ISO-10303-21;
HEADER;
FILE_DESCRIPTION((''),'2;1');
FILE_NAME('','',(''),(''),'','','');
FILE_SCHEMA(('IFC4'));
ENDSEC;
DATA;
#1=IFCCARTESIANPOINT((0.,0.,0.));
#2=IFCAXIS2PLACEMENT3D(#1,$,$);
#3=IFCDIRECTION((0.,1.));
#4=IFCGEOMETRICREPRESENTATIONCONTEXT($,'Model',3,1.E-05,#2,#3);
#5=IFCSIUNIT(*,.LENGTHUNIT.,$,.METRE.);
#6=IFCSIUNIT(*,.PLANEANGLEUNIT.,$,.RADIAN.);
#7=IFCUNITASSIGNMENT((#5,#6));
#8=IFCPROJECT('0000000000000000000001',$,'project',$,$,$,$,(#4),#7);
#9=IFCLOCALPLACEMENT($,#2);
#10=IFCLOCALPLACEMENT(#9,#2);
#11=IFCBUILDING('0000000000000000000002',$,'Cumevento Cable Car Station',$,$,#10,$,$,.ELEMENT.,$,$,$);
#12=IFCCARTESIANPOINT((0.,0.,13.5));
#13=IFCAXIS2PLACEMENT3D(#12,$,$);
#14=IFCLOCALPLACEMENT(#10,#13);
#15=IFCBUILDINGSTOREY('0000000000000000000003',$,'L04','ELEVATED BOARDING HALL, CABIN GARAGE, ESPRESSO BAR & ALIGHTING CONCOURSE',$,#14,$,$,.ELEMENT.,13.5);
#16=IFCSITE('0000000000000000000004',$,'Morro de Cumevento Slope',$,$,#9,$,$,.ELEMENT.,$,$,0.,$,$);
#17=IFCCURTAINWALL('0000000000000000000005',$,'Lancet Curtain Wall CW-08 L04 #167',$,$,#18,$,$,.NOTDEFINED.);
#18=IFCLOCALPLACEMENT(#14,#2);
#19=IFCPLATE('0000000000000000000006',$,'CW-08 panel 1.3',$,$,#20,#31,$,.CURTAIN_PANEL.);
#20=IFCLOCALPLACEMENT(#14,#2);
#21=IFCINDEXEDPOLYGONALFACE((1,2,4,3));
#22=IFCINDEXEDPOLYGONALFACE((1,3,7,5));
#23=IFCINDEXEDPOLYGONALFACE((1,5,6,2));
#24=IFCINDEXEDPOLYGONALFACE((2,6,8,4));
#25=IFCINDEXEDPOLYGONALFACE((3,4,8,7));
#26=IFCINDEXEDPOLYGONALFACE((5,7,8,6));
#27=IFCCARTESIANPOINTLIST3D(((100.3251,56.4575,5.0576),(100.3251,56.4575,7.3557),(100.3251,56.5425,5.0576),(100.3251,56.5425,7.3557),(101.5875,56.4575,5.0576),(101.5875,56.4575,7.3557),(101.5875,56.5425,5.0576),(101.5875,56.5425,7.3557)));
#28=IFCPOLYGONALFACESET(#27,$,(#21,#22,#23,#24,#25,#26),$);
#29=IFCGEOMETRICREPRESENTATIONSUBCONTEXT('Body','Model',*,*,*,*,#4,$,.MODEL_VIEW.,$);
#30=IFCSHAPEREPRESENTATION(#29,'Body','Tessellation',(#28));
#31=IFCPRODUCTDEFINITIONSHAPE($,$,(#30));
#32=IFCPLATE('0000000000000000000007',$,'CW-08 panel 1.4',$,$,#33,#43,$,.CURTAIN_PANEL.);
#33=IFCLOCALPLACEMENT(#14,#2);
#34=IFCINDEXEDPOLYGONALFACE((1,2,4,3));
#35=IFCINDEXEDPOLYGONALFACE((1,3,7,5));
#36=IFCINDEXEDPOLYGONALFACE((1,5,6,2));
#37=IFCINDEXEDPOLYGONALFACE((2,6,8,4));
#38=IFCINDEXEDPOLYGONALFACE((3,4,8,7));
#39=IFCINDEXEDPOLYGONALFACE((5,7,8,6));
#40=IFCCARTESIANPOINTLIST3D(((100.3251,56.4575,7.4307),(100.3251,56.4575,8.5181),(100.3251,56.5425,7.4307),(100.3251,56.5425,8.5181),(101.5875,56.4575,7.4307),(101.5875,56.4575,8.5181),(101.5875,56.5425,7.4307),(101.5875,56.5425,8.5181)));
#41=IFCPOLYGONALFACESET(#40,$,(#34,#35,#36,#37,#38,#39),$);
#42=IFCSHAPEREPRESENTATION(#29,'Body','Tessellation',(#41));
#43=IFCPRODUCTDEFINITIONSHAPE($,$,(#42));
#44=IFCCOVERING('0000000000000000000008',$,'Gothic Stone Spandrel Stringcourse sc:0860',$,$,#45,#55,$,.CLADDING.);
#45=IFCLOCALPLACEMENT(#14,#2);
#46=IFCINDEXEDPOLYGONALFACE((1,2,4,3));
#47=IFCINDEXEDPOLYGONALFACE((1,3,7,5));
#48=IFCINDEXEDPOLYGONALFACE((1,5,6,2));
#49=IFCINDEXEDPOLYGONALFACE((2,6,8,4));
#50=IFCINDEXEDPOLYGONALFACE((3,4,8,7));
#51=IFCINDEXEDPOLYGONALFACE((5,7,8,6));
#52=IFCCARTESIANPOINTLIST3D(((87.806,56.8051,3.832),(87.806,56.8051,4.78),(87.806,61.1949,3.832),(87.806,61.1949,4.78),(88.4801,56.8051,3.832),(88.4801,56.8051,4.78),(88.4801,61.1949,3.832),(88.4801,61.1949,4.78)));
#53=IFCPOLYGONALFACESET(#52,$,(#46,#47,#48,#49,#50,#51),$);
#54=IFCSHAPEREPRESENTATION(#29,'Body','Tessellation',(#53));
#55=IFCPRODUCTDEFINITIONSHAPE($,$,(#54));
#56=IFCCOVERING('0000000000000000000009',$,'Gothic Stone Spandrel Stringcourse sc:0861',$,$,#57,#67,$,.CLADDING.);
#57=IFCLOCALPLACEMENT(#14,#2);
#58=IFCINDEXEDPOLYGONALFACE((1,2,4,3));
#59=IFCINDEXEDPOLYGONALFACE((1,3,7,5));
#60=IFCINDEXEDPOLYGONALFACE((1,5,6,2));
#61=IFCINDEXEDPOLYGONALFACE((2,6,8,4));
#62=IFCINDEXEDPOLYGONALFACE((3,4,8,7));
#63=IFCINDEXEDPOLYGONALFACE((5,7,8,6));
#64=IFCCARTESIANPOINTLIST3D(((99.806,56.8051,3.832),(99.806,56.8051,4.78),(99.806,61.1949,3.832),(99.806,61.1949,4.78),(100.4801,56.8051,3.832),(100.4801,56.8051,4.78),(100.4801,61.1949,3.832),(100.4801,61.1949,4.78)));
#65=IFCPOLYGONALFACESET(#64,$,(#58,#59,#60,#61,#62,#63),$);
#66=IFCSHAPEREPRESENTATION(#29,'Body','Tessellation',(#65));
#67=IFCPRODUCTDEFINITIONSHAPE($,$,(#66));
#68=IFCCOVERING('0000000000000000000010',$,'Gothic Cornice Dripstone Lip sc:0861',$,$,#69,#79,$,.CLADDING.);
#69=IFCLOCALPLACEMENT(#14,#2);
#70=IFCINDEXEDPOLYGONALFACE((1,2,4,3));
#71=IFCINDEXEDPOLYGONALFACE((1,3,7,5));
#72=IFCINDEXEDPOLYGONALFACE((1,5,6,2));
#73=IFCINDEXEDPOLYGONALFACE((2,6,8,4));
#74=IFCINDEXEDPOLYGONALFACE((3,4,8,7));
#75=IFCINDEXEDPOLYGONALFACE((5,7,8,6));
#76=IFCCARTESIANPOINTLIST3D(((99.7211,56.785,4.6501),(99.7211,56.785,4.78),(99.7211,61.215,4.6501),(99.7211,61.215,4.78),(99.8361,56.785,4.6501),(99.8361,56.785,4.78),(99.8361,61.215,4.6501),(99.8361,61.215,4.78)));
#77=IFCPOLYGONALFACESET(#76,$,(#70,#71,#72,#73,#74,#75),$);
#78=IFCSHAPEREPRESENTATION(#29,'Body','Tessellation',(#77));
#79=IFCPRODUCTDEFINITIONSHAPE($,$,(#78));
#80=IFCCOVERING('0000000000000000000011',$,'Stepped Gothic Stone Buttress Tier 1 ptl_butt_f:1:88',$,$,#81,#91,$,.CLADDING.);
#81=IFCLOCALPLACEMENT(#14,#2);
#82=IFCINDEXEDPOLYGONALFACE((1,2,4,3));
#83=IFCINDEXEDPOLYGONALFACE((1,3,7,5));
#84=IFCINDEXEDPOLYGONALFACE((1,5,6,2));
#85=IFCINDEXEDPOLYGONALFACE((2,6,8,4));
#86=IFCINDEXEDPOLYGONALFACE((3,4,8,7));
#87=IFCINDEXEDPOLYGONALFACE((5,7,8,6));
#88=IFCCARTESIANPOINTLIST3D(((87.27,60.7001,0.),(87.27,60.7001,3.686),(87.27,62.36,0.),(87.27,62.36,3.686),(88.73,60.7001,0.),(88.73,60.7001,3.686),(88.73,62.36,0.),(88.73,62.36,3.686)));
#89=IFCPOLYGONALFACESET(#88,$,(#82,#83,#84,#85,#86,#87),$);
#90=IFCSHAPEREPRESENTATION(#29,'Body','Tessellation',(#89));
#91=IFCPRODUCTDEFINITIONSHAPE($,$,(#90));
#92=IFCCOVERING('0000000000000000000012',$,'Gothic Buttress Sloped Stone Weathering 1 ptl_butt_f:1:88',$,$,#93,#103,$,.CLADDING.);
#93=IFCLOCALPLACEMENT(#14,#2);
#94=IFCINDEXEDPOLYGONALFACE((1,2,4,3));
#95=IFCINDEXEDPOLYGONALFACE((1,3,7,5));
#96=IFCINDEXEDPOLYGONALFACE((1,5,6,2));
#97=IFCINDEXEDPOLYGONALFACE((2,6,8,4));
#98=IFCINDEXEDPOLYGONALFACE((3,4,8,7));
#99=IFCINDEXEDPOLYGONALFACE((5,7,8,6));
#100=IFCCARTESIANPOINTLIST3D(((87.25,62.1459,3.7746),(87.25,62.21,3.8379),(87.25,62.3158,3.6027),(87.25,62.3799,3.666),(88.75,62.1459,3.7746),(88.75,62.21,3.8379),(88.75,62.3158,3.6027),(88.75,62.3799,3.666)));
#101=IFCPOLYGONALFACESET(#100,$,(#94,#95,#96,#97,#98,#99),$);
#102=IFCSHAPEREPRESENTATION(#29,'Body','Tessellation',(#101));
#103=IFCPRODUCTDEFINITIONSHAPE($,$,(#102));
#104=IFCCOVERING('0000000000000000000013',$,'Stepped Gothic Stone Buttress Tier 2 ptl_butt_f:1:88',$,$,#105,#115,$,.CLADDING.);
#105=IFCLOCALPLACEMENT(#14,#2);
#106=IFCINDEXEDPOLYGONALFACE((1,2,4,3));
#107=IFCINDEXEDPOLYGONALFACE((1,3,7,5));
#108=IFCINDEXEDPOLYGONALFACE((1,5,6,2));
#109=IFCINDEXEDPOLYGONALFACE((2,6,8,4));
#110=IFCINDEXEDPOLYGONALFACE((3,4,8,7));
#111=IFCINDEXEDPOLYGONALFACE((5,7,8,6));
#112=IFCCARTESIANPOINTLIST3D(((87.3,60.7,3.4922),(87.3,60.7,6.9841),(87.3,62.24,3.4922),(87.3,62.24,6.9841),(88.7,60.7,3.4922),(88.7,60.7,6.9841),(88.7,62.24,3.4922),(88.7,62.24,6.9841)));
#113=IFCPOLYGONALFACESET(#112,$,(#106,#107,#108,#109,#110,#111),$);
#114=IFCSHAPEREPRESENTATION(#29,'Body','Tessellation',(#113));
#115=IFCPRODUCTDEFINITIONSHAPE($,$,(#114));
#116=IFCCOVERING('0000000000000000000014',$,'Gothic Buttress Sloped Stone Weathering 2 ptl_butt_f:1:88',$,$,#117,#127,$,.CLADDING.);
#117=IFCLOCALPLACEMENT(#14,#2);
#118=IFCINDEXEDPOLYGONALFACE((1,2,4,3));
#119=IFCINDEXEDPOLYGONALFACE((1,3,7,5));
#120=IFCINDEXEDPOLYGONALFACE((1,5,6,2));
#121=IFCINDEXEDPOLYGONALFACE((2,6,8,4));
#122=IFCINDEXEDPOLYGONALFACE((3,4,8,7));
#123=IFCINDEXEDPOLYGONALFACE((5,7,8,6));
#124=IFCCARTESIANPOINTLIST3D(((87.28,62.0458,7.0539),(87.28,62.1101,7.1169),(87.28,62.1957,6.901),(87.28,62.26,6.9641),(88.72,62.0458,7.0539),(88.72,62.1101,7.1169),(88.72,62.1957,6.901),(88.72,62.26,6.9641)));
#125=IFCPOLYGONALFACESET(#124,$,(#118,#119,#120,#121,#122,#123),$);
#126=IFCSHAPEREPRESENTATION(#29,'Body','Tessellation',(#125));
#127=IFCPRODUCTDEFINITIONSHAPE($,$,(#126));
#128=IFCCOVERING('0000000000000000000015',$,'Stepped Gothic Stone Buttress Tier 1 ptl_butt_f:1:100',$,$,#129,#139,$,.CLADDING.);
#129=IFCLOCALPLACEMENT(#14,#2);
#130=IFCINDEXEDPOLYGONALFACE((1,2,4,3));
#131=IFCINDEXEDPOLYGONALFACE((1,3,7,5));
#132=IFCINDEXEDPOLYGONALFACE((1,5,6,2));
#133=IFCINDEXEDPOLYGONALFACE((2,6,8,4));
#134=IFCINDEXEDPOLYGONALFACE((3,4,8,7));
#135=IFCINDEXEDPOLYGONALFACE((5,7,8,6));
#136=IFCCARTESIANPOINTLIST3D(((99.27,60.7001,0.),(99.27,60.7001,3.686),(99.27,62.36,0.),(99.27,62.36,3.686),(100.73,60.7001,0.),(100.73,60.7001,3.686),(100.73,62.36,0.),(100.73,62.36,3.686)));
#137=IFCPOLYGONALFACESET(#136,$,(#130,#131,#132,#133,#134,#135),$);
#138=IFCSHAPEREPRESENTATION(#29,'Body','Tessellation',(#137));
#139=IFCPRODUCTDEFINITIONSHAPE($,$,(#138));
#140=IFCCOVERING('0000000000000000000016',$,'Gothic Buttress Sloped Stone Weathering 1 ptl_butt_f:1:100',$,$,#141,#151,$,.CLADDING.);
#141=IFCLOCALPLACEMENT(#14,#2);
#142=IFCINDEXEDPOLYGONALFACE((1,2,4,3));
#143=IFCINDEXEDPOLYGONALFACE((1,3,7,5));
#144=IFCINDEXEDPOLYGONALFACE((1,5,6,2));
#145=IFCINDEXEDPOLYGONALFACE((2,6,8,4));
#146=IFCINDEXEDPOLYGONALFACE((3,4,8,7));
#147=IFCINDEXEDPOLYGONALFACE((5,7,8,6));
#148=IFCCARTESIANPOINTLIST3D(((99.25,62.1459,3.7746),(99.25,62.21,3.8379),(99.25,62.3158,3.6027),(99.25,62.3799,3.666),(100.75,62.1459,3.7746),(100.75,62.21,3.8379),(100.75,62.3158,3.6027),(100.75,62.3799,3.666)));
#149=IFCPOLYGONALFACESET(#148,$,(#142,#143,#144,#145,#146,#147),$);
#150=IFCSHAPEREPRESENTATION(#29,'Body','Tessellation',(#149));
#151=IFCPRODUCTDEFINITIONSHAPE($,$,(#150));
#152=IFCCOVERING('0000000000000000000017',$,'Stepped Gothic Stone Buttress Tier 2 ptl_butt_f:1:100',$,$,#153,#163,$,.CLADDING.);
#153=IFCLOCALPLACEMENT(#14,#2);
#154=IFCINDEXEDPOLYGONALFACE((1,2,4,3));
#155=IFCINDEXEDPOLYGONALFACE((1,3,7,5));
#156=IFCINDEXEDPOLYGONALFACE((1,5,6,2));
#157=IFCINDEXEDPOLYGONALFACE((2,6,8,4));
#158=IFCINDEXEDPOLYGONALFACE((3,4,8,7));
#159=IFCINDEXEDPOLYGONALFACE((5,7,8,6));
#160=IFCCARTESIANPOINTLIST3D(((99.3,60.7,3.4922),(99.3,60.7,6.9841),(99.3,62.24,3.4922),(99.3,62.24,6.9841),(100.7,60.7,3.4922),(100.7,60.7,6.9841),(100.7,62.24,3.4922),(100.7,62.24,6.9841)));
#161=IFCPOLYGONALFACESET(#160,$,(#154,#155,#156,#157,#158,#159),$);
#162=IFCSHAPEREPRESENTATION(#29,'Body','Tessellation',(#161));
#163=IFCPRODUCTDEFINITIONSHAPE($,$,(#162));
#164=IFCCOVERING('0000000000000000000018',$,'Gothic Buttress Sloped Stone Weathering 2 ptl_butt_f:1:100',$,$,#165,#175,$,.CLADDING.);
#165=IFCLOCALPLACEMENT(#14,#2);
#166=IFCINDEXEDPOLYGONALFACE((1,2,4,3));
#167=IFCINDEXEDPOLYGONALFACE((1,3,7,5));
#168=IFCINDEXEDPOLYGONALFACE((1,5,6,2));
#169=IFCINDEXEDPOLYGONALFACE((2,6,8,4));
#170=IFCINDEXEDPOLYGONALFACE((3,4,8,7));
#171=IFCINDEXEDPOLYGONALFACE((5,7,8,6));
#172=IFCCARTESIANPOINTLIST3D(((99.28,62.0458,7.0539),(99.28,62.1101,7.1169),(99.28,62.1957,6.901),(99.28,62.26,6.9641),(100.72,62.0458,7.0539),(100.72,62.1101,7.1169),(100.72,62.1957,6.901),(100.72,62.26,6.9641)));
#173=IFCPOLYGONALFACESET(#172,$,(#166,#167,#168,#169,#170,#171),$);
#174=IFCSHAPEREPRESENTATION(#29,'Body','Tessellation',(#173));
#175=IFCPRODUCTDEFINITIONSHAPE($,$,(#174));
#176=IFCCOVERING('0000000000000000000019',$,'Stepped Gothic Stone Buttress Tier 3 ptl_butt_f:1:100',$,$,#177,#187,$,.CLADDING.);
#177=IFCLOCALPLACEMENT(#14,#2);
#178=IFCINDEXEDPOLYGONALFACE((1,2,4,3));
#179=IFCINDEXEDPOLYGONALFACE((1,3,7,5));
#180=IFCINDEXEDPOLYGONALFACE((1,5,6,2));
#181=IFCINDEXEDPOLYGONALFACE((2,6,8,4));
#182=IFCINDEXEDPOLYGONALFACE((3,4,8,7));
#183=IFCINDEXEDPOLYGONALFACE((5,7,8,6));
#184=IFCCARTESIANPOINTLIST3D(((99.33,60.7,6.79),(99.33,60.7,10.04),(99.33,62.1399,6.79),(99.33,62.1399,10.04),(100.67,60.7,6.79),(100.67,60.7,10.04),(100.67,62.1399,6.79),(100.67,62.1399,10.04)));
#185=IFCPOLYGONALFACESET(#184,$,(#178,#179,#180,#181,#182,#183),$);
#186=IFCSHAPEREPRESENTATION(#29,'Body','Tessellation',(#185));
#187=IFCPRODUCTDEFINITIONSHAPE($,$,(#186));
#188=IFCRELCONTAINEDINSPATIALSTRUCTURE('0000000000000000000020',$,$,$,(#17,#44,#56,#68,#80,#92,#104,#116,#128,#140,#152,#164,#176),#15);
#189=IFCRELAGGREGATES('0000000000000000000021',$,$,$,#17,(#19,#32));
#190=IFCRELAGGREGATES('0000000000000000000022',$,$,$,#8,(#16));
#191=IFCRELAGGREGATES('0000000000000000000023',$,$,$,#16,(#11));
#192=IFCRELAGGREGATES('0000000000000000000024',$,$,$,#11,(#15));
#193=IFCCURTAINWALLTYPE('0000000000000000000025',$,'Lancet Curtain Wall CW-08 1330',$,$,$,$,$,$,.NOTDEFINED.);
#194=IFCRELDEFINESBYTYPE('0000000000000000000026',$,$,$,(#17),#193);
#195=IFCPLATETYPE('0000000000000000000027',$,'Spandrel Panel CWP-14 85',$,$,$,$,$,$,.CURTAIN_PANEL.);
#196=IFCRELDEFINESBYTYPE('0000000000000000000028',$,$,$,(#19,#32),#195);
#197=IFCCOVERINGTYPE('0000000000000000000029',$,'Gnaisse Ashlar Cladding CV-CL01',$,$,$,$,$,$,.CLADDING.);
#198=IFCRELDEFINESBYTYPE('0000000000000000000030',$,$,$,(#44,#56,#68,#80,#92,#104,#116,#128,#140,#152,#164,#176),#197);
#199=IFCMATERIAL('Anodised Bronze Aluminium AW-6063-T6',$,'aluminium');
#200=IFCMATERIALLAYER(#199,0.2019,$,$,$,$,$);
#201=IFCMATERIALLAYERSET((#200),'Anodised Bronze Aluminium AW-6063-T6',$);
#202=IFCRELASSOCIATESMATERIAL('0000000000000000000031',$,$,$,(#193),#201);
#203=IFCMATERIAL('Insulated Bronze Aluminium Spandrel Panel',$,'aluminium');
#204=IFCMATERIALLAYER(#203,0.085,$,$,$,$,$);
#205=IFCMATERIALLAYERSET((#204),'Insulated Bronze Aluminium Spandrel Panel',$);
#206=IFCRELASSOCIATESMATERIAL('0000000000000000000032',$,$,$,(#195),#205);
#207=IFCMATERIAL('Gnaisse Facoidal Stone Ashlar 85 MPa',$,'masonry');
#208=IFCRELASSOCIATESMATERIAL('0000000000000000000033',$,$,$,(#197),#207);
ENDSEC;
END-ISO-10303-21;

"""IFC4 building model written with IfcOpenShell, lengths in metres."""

from ifc_helpers import new_model, si_unit, direction, frame, origin, origin_2d, place, context, subcontext, project, spatial, polyline, rectangle, outline, extrude, material, layer, layer_set, type_object, element, aggregate, save


model = new_model("IFC4")

# Units and contexts
model_context = context("Model", 3, precision=1e-05, world=origin(), true_north=direction((0.0, 1.0)))
body_context = subcontext(model_context, "Body", "Model", "MODEL_VIEW")
ifc_project = project(units=[si_unit("LENGTHUNIT", "METRE"), si_unit("PLANEANGLEUNIT", "RADIAN")], contexts=[model_context])

# Site, building, storey
site_placement = place(None, origin())
site = spatial("IfcSite", under=ifc_project, at=site_placement, Name="Morro de Cumevento Slope", CompositionType="ELEMENT", RefElevation=0.0)
building_placement = place(site_placement, origin())
building = spatial("IfcBuilding", under=site, at=building_placement, Name="Cumevento Cable Car Station", CompositionType="ELEMENT")
storey_placement = place(building_placement, frame((0.0, 0.0, 13.5)))
storey = spatial("IfcBuildingStorey", under=building, at=storey_placement, Name="L04", Description="ELEVATED BOARDING HALL, CABIN GARAGE, ESPRESSO BAR & ALIGHTING CONCOURSE", CompositionType="ELEMENT", Elevation=13.5)

# Curtain wall
ifc_material_1 = material(Name="Anodised Bronze Aluminium AW-6063-T6", Category="aluminium")
ifc_layer_1 = layer(ifc_material_1, 0.2019)
ifc_layer_set_1 = layer_set([ifc_layer_1], Name="Anodised Bronze Aluminium AW-6063-T6")
curtain_wall_type = type_object("IfcCurtainWallType", Name="Lancet Curtain Wall CW-08 1330", PredefinedType="NOTDEFINED", material=ifc_layer_set_1)
curtain_wall_placement = place(storey_placement, origin())
curtain_wall = element("IfcCurtainWall", 1, at=curtain_wall_placement, inside=storey, type_object=curtain_wall_type, Name="Lancet Curtain Wall CW-08 L04 #167", PredefinedType="NOTDEFINED")

# Plates
ifc_material_2 = material(Name="Insulated Bronze Aluminium Spandrel Panel", Category="aluminium")
ifc_layer_2 = layer(ifc_material_2, 0.085)
ifc_layer_set_2 = layer_set([ifc_layer_2], Name="Insulated Bronze Aluminium Spandrel Panel")
plate_type = type_object("IfcPlateType", Name="Spandrel Panel CWP-14 85", PredefinedType="CURTAIN_PANEL", material=ifc_layer_set_2)
plate_1_placement = place(storey_placement, frame((100.9563, 56.5, 5.0576), z_axis=(0.0, 0.0, 1.0), x_axis=(1.0, 0.0, 0.0)))
plate_1 = element("IfcPlate", 2, at=plate_1_placement, type_object=plate_type, Name="CW-08 panel 1.3", PredefinedType="CURTAIN_PANEL", context=body_context, shape_type="SweptSolid", body=[
    extrude(rectangle(XDim=1.2625, YDim=0.085, at=origin_2d()), origin(), (0.0, 0.0, 1.0), 2.2981),
])
plate_2_placement = place(storey_placement, frame((100.9563, 56.5, 7.4307), z_axis=(0.0, 0.0, 1.0), x_axis=(1.0, 0.0, 0.0)))
plate_2 = element("IfcPlate", 3, at=plate_2_placement, type_object=plate_type, Name="CW-08 panel 1.4", PredefinedType="CURTAIN_PANEL", context=body_context, shape_type="SweptSolid", body=[
    extrude(rectangle(XDim=1.2625, YDim=0.085, at=origin_2d()), origin(), (0.0, 0.0, 1.0), 1.0874),
])
aggregate(curtain_wall, [plate_1, plate_2])

# Coverings
ifc_material_3 = material(Name="Gnaisse Facoidal Stone Ashlar 85 MPa", Category="masonry")
covering_type = type_object("IfcCoveringType", Name="Gnaisse Ashlar Cladding CV-CL01", PredefinedType="CLADDING", material=ifc_material_3)
for number, where, z_axis, x_axis, name in (
    (4, (88.1431, 59.0, 3.832), (0.0, 0.0, 1.0), (0.0, 1.0, 0.0), "Gothic Stone Spandrel Stringcourse sc:0860"),
    (5, (100.1431, 59.0, 3.832), (0.0, 0.0, 1.0), (0.0, 1.0, 0.0), "Gothic Stone Spandrel Stringcourse sc:0861"),
):
    element("IfcCovering", number, at=place(storey_placement, frame(where, z_axis=z_axis, x_axis=x_axis)), inside=storey, type_object=covering_type, Name=name, PredefinedType="CLADDING", context=body_context, shape_type="SweptSolid", body=[
        extrude(rectangle(XDim=4.3899, YDim=0.6741, at=origin_2d()), origin(), (0.0, 0.0, 1.0), 0.948),
    ])
covering_1_placement = place(storey_placement, frame((99.7786, 59.0, 4.6501), z_axis=(0.0, 0.0, 1.0), x_axis=(0.0, 1.0, 0.0)))
element("IfcCovering", 6, at=covering_1_placement, inside=storey, type_object=covering_type, Name="Gothic Cornice Dripstone Lip sc:0861", PredefinedType="CLADDING", context=body_context, shape_type="SweptSolid", body=[
    extrude(rectangle(XDim=4.4299, YDim=0.115, at=origin_2d()), origin(), (0.0, 0.0, 1.0), 0.1299),
])
covering_2_placement = place(storey_placement, frame((88.0, 61.53, 0.0), z_axis=(0.0, 0.0, 1.0), x_axis=(-1.0, 0.0, 0.0)))
element("IfcCovering", 7, at=covering_2_placement, inside=storey, type_object=covering_type, Name="Stepped Gothic Stone Buttress Tier 1 ptl_butt_f:1:88", PredefinedType="CLADDING", context=body_context, shape_type="SweptSolid", body=[
    extrude(rectangle(XDim=1.46, YDim=1.6599, at=origin_2d()), origin(), (0.0, 0.0, 1.0), 3.686),
])
covering_3_placement = place(storey_placement, frame((88.75, 62.3799, 3.666), z_axis=(0.0, 0.711136, 0.703055), x_axis=(-1.0, 0.0, 0.0)))
element("IfcCovering", 8, at=covering_3_placement, inside=storey, type_object=covering_type, Name="Gothic Buttress Sloped Stone Weathering 1 ptl_butt_f:1:88", PredefinedType="CLADDING", context=body_context, shape_type="SweptSolid", body=[
    extrude(outline(polyline([(0.0, 0.0), (1.5, 0.0), (1.5, 0.2417), (0.0, 0.2417), (0.0, 0.0)])), origin(), (0.0, 0.0, -1.0), 0.0901),
])
covering_4_placement = place(storey_placement, frame((88.0, 61.47, 3.4922), z_axis=(0.0, 0.0, 1.0), x_axis=(-1.0, 0.0, 0.0)))
element("IfcCovering", 9, at=covering_4_placement, inside=storey, type_object=covering_type, Name="Stepped Gothic Stone Buttress Tier 2 ptl_butt_f:1:88", PredefinedType="CLADDING", context=body_context, shape_type="SweptSolid", body=[
    extrude(rectangle(XDim=1.3999, YDim=1.54, at=origin_2d()), origin(), (0.0, 0.0, 1.0), 3.4919),
])
covering_5_placement = place(storey_placement, frame((88.72, 62.26, 6.9641), z_axis=(0.0, 0.713916, 0.700231), x_axis=(-1.0, 0.0, 0.0)))
element("IfcCovering", 10, at=covering_5_placement, inside=storey, type_object=covering_type, Name="Gothic Buttress Sloped Stone Weathering 2 ptl_butt_f:1:88", PredefinedType="CLADDING", context=body_context, shape_type="SweptSolid", body=[
    extrude(outline(polyline([(0.0, 0.0), (1.4399, 0.0), (1.4399, 0.2141), (0.0, 0.2141), (0.0, 0.0)])), origin(), (0.0, 0.0, -1.0), 0.0901),
])
covering_6_placement = place(storey_placement, frame((100.0, 61.53, 0.0), z_axis=(0.0, 0.0, 1.0), x_axis=(-1.0, 0.0, 0.0)))
element("IfcCovering", 11, at=covering_6_placement, inside=storey, type_object=covering_type, Name="Stepped Gothic Stone Buttress Tier 1 ptl_butt_f:1:100", PredefinedType="CLADDING", context=body_context, shape_type="SweptSolid", body=[
    extrude(rectangle(XDim=1.46, YDim=1.6599, at=origin_2d()), origin(), (0.0, 0.0, 1.0), 3.686),
])
covering_7_placement = place(storey_placement, frame((100.75, 62.3799, 3.666), z_axis=(0.0, 0.711136, 0.703055), x_axis=(-1.0, 0.0, 0.0)))
element("IfcCovering", 12, at=covering_7_placement, inside=storey, type_object=covering_type, Name="Gothic Buttress Sloped Stone Weathering 1 ptl_butt_f:1:100", PredefinedType="CLADDING", context=body_context, shape_type="SweptSolid", body=[
    extrude(outline(polyline([(0.0, 0.0), (1.5, 0.0), (1.5, 0.2417), (0.0, 0.2417), (0.0, 0.0)])), origin(), (0.0, 0.0, -1.0), 0.0901),
])
covering_8_placement = place(storey_placement, frame((100.0, 61.47, 3.4922), z_axis=(0.0, 0.0, 1.0), x_axis=(-1.0, 0.0, 0.0)))
element("IfcCovering", 13, at=covering_8_placement, inside=storey, type_object=covering_type, Name="Stepped Gothic Stone Buttress Tier 2 ptl_butt_f:1:100", PredefinedType="CLADDING", context=body_context, shape_type="SweptSolid", body=[
    extrude(rectangle(XDim=1.3999, YDim=1.54, at=origin_2d()), origin(), (0.0, 0.0, 1.0), 3.4919),
])
covering_9_placement = place(storey_placement, frame((100.72, 62.26, 6.9641), z_axis=(0.0, 0.713916, 0.700231), x_axis=(-1.0, 0.0, 0.0)))
element("IfcCovering", 14, at=covering_9_placement, inside=storey, type_object=covering_type, Name="Gothic Buttress Sloped Stone Weathering 2 ptl_butt_f:1:100", PredefinedType="CLADDING", context=body_context, shape_type="SweptSolid", body=[
    extrude(outline(polyline([(0.0, 0.0), (1.4399, 0.0), (1.4399, 0.2141), (0.0, 0.2141), (0.0, 0.0)])), origin(), (0.0, 0.0, -1.0), 0.0901),
])
covering_10_placement = place(storey_placement, frame((100.0, 61.4199, 6.79), z_axis=(0.0, 0.0, 1.0), x_axis=(-1.0, 0.0, 0.0)))
element("IfcCovering", 15, at=covering_10_placement, inside=storey, type_object=covering_type, Name="Stepped Gothic Stone Buttress Tier 3 ptl_butt_f:1:100", PredefinedType="CLADDING", context=body_context, shape_type="SweptSolid", body=[
    extrude(rectangle(XDim=1.3401, YDim=1.4399, at=origin_2d()), origin(), (0.0, 0.0, 1.0), 3.25),
])

save(model, "model.ifc")
